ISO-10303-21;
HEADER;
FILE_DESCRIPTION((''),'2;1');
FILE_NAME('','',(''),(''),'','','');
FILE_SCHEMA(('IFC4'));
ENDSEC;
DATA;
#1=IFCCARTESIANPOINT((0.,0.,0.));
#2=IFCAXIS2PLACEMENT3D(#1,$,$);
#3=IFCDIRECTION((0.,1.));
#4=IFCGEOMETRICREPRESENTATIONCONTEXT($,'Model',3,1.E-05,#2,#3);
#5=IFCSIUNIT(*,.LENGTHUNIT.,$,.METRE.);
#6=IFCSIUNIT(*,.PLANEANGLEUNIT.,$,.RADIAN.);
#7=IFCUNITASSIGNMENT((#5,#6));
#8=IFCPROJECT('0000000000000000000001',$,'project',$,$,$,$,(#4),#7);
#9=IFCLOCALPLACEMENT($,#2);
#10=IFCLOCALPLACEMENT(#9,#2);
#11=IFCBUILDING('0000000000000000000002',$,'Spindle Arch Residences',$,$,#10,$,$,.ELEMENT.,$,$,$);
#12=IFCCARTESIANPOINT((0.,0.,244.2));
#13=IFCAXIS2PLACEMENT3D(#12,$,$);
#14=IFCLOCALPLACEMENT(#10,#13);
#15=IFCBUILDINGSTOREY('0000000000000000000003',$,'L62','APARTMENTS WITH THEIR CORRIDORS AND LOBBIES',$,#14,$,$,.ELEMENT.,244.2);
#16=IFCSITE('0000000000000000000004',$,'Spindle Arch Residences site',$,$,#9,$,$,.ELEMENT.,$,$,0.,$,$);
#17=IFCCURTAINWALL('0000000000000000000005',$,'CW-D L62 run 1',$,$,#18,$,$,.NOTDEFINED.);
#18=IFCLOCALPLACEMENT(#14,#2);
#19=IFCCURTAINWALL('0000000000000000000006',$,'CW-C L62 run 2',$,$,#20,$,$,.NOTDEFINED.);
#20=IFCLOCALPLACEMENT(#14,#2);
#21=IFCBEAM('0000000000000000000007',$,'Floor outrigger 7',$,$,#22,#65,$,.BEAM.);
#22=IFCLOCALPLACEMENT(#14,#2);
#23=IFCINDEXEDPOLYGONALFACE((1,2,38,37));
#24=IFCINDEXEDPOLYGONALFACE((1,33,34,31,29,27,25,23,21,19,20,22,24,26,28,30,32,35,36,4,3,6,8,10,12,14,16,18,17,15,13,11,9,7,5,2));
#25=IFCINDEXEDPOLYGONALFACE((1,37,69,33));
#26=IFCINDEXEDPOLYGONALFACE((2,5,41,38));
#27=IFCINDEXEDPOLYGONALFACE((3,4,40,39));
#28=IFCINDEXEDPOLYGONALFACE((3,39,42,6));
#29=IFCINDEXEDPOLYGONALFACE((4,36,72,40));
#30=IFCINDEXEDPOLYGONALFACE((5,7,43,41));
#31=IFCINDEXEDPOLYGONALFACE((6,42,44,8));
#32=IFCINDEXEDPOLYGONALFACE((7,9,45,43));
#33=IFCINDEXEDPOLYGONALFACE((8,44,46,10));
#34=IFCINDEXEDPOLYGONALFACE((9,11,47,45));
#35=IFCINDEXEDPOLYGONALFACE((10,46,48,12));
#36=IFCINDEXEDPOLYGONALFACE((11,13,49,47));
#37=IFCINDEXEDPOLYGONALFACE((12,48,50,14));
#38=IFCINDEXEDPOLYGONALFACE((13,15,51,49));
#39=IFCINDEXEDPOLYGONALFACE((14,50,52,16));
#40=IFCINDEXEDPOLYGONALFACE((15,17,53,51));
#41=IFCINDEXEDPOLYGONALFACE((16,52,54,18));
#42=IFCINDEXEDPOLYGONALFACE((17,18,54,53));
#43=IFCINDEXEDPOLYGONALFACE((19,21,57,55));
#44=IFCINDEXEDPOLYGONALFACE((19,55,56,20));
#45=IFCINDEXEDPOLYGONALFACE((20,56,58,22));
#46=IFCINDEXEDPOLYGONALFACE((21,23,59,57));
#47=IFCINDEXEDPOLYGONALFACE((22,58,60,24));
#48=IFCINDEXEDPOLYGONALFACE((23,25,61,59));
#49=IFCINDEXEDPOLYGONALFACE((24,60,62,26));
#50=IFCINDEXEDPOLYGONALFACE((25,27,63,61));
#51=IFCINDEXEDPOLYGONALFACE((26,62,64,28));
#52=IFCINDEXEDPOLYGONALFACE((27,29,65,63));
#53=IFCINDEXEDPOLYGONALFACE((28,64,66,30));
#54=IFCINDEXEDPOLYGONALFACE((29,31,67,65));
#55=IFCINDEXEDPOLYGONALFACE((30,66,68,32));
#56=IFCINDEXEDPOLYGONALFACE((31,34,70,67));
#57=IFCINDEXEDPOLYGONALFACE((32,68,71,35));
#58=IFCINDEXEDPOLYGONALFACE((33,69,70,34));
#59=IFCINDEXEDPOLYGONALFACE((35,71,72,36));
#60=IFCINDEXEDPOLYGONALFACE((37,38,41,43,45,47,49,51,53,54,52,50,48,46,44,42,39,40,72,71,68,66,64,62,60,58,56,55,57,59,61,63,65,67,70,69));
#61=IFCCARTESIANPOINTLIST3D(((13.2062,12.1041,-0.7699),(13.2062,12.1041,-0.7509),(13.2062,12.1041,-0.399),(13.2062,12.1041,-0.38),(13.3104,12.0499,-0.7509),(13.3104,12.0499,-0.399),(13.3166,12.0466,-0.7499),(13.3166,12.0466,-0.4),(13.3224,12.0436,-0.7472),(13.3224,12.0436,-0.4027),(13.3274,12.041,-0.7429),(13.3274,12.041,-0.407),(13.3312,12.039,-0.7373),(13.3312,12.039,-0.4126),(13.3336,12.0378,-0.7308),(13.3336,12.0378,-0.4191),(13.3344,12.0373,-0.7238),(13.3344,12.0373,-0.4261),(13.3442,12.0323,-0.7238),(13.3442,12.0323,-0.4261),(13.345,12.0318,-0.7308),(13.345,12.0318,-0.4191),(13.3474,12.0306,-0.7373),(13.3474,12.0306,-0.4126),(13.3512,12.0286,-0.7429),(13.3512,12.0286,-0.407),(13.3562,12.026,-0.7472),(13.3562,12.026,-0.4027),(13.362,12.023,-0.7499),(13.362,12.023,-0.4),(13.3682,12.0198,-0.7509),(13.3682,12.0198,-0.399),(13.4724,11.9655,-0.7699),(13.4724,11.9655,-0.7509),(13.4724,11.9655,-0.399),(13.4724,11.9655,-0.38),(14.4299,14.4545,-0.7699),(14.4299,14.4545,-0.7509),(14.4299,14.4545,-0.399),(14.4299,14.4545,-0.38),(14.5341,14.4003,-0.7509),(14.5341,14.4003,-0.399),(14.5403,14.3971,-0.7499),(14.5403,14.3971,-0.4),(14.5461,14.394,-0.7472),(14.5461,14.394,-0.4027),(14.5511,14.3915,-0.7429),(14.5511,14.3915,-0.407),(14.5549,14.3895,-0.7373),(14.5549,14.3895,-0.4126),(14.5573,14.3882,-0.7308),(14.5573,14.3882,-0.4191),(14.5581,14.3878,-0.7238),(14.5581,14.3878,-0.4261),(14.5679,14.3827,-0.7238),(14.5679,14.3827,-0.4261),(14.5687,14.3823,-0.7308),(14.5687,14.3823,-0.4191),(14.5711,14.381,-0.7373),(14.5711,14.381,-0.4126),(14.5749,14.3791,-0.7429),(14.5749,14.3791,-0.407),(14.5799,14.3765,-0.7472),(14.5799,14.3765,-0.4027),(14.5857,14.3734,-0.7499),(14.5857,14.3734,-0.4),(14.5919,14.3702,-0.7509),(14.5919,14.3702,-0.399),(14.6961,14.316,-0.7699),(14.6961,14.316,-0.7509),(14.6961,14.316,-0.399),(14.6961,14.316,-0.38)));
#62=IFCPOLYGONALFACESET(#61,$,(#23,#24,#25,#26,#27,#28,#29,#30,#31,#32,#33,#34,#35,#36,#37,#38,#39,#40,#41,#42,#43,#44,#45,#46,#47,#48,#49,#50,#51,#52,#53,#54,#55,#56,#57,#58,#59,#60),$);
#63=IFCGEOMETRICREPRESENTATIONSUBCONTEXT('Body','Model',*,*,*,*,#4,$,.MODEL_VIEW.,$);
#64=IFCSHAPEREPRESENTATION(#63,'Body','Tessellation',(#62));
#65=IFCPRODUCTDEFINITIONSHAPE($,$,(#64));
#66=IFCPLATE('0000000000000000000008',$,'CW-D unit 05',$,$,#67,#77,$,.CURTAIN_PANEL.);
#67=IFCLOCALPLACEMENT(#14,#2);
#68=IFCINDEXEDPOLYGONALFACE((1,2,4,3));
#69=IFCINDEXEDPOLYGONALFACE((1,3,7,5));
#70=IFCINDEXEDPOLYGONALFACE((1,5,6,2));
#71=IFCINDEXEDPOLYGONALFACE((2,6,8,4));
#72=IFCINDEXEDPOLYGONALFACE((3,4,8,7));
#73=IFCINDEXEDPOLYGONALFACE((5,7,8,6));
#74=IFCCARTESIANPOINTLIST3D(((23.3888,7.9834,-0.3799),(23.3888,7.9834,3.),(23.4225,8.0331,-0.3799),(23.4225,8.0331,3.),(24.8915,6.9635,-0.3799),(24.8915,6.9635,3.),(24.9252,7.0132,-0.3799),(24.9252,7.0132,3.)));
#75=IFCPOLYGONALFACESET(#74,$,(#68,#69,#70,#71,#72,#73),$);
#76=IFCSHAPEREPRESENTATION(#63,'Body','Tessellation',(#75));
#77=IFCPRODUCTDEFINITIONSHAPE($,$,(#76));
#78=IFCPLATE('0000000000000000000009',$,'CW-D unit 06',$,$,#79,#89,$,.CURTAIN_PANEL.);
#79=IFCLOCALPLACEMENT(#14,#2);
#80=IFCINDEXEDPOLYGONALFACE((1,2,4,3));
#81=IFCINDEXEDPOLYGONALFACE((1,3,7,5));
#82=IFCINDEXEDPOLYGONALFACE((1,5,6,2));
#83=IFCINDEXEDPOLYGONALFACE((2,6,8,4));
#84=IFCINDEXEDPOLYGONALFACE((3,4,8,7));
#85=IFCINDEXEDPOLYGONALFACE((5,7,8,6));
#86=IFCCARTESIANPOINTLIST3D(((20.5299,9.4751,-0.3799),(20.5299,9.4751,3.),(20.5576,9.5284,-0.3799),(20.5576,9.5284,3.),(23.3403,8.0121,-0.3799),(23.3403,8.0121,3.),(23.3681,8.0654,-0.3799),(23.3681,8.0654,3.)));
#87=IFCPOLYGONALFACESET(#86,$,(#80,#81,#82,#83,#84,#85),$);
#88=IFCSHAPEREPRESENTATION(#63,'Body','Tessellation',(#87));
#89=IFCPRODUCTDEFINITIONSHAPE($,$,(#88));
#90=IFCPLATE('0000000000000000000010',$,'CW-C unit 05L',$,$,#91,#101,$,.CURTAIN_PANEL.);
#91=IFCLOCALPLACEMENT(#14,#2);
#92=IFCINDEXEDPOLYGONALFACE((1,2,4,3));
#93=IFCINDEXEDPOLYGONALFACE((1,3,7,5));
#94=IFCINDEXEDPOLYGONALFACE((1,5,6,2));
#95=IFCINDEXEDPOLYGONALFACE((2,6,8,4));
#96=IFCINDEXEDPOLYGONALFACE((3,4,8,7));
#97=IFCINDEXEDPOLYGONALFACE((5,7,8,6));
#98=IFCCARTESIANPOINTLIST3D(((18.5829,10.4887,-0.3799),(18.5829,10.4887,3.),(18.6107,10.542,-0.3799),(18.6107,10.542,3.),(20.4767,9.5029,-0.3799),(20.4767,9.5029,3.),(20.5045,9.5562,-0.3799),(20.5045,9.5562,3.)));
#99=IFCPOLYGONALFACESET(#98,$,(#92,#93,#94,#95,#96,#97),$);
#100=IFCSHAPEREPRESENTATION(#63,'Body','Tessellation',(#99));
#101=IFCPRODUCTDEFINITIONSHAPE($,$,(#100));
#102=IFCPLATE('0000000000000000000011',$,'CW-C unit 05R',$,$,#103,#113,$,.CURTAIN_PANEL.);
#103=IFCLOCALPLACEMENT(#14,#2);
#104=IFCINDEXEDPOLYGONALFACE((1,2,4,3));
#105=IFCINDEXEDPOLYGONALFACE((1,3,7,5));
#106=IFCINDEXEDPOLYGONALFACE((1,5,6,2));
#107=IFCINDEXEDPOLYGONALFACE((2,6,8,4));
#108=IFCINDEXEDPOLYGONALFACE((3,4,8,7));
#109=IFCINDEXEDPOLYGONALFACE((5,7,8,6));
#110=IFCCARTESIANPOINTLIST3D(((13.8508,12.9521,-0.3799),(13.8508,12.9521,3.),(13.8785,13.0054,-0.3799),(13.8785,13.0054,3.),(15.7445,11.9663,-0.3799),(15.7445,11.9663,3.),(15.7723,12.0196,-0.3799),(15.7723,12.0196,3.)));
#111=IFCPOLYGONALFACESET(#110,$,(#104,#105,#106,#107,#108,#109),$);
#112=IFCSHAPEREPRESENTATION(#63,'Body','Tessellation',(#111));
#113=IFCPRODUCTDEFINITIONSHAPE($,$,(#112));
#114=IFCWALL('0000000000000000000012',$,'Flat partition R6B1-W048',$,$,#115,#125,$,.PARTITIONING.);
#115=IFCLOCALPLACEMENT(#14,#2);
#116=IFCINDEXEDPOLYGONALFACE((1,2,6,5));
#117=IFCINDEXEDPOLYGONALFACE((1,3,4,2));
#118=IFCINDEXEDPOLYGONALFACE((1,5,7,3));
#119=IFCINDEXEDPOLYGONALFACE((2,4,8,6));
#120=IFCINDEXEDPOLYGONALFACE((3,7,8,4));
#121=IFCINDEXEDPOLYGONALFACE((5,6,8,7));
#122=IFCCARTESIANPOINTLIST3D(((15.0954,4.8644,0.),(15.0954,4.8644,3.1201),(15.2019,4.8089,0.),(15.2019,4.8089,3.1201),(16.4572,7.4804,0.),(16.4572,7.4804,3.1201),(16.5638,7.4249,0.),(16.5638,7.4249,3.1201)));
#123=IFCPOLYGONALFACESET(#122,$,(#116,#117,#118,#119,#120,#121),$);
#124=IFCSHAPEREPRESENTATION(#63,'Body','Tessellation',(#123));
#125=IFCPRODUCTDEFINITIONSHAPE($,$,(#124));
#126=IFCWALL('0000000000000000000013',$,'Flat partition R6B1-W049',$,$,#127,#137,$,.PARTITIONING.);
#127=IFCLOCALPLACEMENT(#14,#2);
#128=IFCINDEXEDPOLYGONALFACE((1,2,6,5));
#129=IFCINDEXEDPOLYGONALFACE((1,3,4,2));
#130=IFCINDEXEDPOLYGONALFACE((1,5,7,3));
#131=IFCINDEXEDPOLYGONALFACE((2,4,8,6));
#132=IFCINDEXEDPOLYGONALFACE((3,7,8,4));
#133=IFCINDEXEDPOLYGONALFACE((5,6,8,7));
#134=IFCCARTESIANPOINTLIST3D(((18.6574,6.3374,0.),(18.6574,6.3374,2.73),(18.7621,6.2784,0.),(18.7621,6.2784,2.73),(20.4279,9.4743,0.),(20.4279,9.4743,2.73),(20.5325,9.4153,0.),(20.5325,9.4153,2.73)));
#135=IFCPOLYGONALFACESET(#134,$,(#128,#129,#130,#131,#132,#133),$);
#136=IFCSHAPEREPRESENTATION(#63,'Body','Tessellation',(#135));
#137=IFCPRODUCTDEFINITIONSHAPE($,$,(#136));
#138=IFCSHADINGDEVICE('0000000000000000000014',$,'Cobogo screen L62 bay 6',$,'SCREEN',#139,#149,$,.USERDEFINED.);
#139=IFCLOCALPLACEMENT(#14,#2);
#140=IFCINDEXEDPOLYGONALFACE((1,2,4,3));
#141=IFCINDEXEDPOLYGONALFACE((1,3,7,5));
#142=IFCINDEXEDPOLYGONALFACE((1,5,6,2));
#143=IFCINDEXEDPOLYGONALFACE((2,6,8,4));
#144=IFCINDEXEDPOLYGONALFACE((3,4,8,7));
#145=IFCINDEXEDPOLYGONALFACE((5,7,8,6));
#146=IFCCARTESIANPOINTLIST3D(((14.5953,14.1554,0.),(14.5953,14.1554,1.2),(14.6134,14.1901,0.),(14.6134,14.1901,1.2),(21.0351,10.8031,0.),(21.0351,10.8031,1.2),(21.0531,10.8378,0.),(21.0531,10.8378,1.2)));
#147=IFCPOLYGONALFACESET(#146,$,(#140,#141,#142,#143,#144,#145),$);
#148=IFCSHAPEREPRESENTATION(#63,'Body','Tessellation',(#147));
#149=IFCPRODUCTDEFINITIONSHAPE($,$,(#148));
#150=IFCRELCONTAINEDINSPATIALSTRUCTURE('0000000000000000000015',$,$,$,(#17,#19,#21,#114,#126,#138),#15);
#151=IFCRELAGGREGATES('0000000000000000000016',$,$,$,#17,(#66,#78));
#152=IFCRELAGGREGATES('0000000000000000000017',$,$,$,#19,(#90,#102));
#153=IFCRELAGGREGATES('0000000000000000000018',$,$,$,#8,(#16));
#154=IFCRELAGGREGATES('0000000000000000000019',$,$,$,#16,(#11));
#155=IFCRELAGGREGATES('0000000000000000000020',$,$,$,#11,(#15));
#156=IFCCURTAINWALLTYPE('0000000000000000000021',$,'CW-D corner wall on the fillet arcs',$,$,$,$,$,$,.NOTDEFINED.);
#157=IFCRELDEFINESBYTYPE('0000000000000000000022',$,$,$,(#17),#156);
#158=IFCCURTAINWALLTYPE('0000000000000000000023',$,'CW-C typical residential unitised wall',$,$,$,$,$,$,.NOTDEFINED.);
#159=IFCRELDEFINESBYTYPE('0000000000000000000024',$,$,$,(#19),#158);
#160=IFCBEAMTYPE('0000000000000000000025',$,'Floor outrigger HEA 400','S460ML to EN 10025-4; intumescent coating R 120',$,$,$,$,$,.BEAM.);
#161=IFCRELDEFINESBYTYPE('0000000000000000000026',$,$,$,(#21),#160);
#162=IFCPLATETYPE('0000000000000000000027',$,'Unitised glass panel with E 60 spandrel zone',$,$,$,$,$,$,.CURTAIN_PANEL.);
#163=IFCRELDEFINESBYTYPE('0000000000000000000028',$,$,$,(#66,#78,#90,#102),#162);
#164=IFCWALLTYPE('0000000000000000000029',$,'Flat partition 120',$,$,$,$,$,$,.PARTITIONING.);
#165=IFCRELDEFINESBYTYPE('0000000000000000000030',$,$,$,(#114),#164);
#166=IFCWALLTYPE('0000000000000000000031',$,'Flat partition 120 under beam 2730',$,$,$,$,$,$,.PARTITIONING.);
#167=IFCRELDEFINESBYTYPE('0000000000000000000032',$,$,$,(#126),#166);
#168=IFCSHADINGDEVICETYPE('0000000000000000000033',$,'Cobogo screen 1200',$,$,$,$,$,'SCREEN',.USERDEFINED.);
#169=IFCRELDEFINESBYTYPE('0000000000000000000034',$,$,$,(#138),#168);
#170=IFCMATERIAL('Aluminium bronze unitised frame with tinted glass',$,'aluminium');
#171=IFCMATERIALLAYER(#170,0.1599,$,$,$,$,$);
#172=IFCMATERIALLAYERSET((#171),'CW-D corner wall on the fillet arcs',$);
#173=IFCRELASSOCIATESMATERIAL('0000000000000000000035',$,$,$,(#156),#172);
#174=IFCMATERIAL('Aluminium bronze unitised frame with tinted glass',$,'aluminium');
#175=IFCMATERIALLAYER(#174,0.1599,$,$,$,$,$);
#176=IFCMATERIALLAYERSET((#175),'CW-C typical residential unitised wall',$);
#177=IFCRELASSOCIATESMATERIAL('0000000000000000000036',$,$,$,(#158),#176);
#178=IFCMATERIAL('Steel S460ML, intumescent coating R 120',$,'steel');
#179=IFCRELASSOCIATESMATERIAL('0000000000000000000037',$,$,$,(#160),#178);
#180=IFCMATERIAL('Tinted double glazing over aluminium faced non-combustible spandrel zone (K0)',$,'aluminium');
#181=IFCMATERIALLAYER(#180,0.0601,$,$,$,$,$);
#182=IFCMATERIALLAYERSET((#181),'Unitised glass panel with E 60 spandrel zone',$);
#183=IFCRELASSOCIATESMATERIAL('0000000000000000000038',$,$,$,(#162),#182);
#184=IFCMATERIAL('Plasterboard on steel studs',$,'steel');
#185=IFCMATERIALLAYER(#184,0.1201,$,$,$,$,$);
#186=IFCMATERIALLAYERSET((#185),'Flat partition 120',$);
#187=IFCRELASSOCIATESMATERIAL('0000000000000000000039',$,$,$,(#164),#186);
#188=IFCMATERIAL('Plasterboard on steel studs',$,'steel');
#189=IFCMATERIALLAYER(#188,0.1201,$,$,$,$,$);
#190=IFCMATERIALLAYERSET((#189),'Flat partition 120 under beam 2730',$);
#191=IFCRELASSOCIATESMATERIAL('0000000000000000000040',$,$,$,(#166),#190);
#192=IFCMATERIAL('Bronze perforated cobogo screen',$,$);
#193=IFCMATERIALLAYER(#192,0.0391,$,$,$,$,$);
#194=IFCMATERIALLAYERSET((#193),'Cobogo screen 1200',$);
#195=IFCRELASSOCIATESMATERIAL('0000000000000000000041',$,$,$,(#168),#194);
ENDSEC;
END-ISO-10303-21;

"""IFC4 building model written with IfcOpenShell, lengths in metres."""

from ifc_helpers import new_model, si_unit, direction, frame, frame_2d, origin, origin_2d, place, context, subcontext, project, spatial, rectangle, i_section, extrude, material, layer, layer_set, material_profile, profile_set, type_object, element, aggregate, save


model = new_model("IFC4")

# Units and contexts
model_context = context("Model", 3, precision=1e-05, world=origin(), true_north=direction((0.0, 1.0)))
body_context = subcontext(model_context, "Body", "Model", "MODEL_VIEW")
ifc_project = project(units=[si_unit("LENGTHUNIT", "METRE"), si_unit("PLANEANGLEUNIT", "RADIAN")], contexts=[model_context])

# Site, building, storey
site_placement = place(None, origin())
site = spatial("IfcSite", under=ifc_project, at=site_placement, Name="Spindle Arch Residences site", CompositionType="ELEMENT", RefElevation=0.0)
building_placement = place(site_placement, origin())
building = spatial("IfcBuilding", under=site, at=building_placement, Name="Spindle Arch Residences", CompositionType="ELEMENT")
storey_placement = place(building_placement, frame((0.0, 0.0, 244.2)))
storey = spatial("IfcBuildingStorey", under=building, at=storey_placement, Name="L62", Description="APARTMENTS WITH THEIR CORRIDORS AND LOBBIES", CompositionType="ELEMENT", Elevation=244.2)

# Curtain walls
ifc_material_1 = material(Name="Aluminium bronze unitised frame with tinted glass", Category="aluminium")
ifc_layer_1 = layer(ifc_material_1, 0.1599)
ifc_layer_set_1 = layer_set([ifc_layer_1], Name="CW-D corner wall on the fillet arcs")
curtain_wall_type_1 = type_object("IfcCurtainWallType", Name="CW-D corner wall on the fillet arcs", PredefinedType="NOTDEFINED", material=ifc_layer_set_1)
curtain_wall_1_placement = place(storey_placement, origin())
curtain_wall_1 = element("IfcCurtainWall", 1, at=curtain_wall_1_placement, inside=storey, type_object=curtain_wall_type_1, Name="CW-D L62 run 1", PredefinedType="NOTDEFINED")
ifc_material_2 = material(Name="Aluminium bronze unitised frame with tinted glass", Category="aluminium")
ifc_layer_2 = layer(ifc_material_2, 0.1599)
ifc_layer_set_2 = layer_set([ifc_layer_2], Name="CW-C typical residential unitised wall")
curtain_wall_type_2 = type_object("IfcCurtainWallType", Name="CW-C typical residential unitised wall", PredefinedType="NOTDEFINED", material=ifc_layer_set_2)
curtain_wall_2_placement = place(storey_placement, origin())
curtain_wall_2 = element("IfcCurtainWall", 2, at=curtain_wall_2_placement, inside=storey, type_object=curtain_wall_type_2, Name="CW-C L62 run 2", PredefinedType="NOTDEFINED")

# Beam
ifc_material_3 = material(Name="Steel S460ML, intumescent coating R 120", Category="steel")
ifc_material_profile_1 = material_profile(ifc_material_3, i_section(OverallWidth=0.3, OverallDepth=0.3899, WebThickness=0.011, FlangeThickness=0.019, FilletRadius=0.0271, at=origin_2d()), Name="HEA 400")
ifc_profile_set_1 = profile_set([ifc_material_profile_1], Name="Steel S460ML, intumescent coating R 120")
beam_type_1 = type_object("IfcBeamType", Name="Floor outrigger HEA 400", Description="S460ML to EN 10025-4; intumescent coating R 120", PredefinedType="BEAM", material=ifc_profile_set_1)
for number, where, z_axis, x_axis, name in (
    (3, (14.563, 14.3853, -0.575), (-0.461785, -0.886992, 0.0), (0.886992, -0.461785, 0.0), "Floor outrigger 7"),
):
    element("IfcBeam", number, at=place(storey_placement, frame(where, z_axis=z_axis, x_axis=x_axis)), inside=storey, type_object=beam_type_1, Name=name, PredefinedType="BEAM", context=body_context, shape_type="SweptSolid", body=[
        extrude(i_section(OverallWidth=0.3, OverallDepth=0.3899, WebThickness=0.011, FlangeThickness=0.019, FilletRadius=0.0271, at=origin_2d()), origin(), (0.0, 0.0, 1.0), 2.6499),
    ])

# Plates
ifc_material_4 = material(Name="Tinted double glazing over aluminium faced non-combustible spandrel zone (K0)", Category="aluminium")
ifc_layer_3 = layer(ifc_material_4, 0.0601)
ifc_layer_set_3 = layer_set([ifc_layer_3], Name="Unitised glass panel with E 60 spandrel zone")
plate_type = type_object("IfcPlateType", Name="Unitised glass panel with E 60 spandrel zone", PredefinedType="CURTAIN_PANEL", material=ifc_layer_set_3)
plate_1_placement = place(storey_placement, frame((24.157, 7.4983, -0.3799), z_axis=(0.0, 0.0, 1.0), x_axis=(-0.827407, 0.561602, 0.0)))
plate_1 = element("IfcPlate", 4, at=plate_1_placement, type_object=plate_type, Name="CW-D unit 05", PredefinedType="CURTAIN_PANEL", context=body_context, shape_type="SweptSolid", body=[
    extrude(rectangle(XDim=1.8162, YDim=0.0601, at=origin_2d()), origin(), (0.0, 0.0, 1.0), 3.3799),
])
plate_2_placement = place(storey_placement, frame((21.949, 8.7703, -0.3799), z_axis=(0.0, 0.0, 1.0), x_axis=(-0.887011, 0.461749, 0.0)))
plate_2 = element("IfcPlate", 5, at=plate_2_placement, type_object=plate_type, Name="CW-D unit 06", PredefinedType="CURTAIN_PANEL", context=body_context, shape_type="SweptSolid", body=[
    extrude(rectangle(XDim=3.1685, YDim=0.0601, at=origin_2d()), origin(), (0.0, 0.0, 1.0), 3.3799),
])
aggregate(curtain_wall_1, [plate_1, plate_2])
plate_3_placement = place(storey_placement, frame((19.5437, 10.0225, -0.3799), z_axis=(0.0, 0.0, 1.0), x_axis=(-0.887011, 0.461749, 0.0)))
plate_3 = element("IfcPlate", 6, at=plate_3_placement, type_object=plate_type, Name="CW-C unit 05L", PredefinedType="CURTAIN_PANEL", context=body_context, shape_type="SweptSolid", body=[
    extrude(rectangle(XDim=2.135, YDim=0.0601, at=origin_2d()), origin(), (0.0, 0.0, 1.0), 3.3799),
])
plate_4_placement = place(storey_placement, frame((14.8115, 12.4858, -0.3799), z_axis=(0.0, 0.0, 1.0), x_axis=(-0.887011, 0.461749, 0.0)))
plate_4 = element("IfcPlate", 7, at=plate_4_placement, type_object=plate_type, Name="CW-C unit 05R", PredefinedType="CURTAIN_PANEL", context=body_context, shape_type="SweptSolid", body=[
    extrude(rectangle(XDim=2.135, YDim=0.0601, at=origin_2d()), origin(), (0.0, 0.0, 1.0), 3.3799),
])
aggregate(curtain_wall_2, [plate_3, plate_4])

# Walls
ifc_material_5 = material(Name="Plasterboard on steel studs", Category="steel")
ifc_layer_4 = layer(ifc_material_5, 0.1201)
ifc_layer_set_4 = layer_set([ifc_layer_4], Name="Flat partition 120")
wall_type_1 = type_object("IfcWallType", Name="Flat partition 120", PredefinedType="PARTITIONING", material=ifc_layer_set_4)
wall_1_placement = place(storey_placement, frame((16.5105, 7.4526, 0.0), z_axis=(0.0, 0.0, 1.0), x_axis=(-0.461757, -0.887007, 0.0)))
element("IfcWall", 8, at=wall_1_placement, inside=storey, type_object=wall_type_1, Name="Flat partition R6B1-W048", PredefinedType="PARTITIONING", context=body_context, shape_type="SweptSolid", body=[
    extrude(rectangle(XDim=2.9492, YDim=0.1201, at=frame_2d((1.4746, 0.0))), origin(), (0.0, 0.0, 1.0), 3.1201),
])
ifc_material_6 = material(Name="Plasterboard on steel studs", Category="steel")
ifc_layer_5 = layer(ifc_material_6, 0.1201)
ifc_layer_set_5 = layer_set([ifc_layer_5], Name="Flat partition 120 under beam 2730")
wall_type_2 = type_object("IfcWallType", Name="Flat partition 120 under beam 2730", PredefinedType="PARTITIONING", material=ifc_layer_set_5)
wall_2_placement = place(storey_placement, frame((20.4802, 9.4448, 0.0), z_axis=(0.0, 0.0, 1.0), x_axis=(-0.491519, -0.870867, 0.0)))
element("IfcWall", 9, at=wall_2_placement, inside=storey, type_object=wall_type_2, Name="Flat partition R6B1-W049", PredefinedType="PARTITIONING", context=body_context, shape_type="SweptSolid", body=[
    extrude(rectangle(XDim=3.6021, YDim=0.1201, at=frame_2d((1.801, 0.0))), origin(), (0.0, 0.0, 1.0), 2.73),
])

# Shading device
ifc_material_7 = material(Name="Bronze perforated cobogo screen")
ifc_layer_6 = layer(ifc_material_7, 0.0391)
ifc_layer_set_6 = layer_set([ifc_layer_6], Name="Cobogo screen 1200")
shading_device_type = type_object("IfcShadingDeviceType", Name="Cobogo screen 1200", ElementType="SCREEN", PredefinedType="USERDEFINED", material=ifc_layer_set_6)
shading_device_placement = place(storey_placement, frame((17.8242, 12.4966, 0.0), z_axis=(0.0, 0.0, 1.0), x_axis=(-0.887011, 0.461749, 0.0)))
element("IfcShadingDevice", 10, at=shading_device_placement, inside=storey, type_object=shading_device_type, Name="Cobogo screen L62 bay 6", ObjectType="SCREEN", PredefinedType="USERDEFINED", context=body_context, shape_type="SweptSolid", body=[
    extrude(rectangle(XDim=7.26, YDim=0.0391, at=origin_2d()), origin(), (0.0, 0.0, 1.0), 1.2),
])

save(model, "model.ifc")
